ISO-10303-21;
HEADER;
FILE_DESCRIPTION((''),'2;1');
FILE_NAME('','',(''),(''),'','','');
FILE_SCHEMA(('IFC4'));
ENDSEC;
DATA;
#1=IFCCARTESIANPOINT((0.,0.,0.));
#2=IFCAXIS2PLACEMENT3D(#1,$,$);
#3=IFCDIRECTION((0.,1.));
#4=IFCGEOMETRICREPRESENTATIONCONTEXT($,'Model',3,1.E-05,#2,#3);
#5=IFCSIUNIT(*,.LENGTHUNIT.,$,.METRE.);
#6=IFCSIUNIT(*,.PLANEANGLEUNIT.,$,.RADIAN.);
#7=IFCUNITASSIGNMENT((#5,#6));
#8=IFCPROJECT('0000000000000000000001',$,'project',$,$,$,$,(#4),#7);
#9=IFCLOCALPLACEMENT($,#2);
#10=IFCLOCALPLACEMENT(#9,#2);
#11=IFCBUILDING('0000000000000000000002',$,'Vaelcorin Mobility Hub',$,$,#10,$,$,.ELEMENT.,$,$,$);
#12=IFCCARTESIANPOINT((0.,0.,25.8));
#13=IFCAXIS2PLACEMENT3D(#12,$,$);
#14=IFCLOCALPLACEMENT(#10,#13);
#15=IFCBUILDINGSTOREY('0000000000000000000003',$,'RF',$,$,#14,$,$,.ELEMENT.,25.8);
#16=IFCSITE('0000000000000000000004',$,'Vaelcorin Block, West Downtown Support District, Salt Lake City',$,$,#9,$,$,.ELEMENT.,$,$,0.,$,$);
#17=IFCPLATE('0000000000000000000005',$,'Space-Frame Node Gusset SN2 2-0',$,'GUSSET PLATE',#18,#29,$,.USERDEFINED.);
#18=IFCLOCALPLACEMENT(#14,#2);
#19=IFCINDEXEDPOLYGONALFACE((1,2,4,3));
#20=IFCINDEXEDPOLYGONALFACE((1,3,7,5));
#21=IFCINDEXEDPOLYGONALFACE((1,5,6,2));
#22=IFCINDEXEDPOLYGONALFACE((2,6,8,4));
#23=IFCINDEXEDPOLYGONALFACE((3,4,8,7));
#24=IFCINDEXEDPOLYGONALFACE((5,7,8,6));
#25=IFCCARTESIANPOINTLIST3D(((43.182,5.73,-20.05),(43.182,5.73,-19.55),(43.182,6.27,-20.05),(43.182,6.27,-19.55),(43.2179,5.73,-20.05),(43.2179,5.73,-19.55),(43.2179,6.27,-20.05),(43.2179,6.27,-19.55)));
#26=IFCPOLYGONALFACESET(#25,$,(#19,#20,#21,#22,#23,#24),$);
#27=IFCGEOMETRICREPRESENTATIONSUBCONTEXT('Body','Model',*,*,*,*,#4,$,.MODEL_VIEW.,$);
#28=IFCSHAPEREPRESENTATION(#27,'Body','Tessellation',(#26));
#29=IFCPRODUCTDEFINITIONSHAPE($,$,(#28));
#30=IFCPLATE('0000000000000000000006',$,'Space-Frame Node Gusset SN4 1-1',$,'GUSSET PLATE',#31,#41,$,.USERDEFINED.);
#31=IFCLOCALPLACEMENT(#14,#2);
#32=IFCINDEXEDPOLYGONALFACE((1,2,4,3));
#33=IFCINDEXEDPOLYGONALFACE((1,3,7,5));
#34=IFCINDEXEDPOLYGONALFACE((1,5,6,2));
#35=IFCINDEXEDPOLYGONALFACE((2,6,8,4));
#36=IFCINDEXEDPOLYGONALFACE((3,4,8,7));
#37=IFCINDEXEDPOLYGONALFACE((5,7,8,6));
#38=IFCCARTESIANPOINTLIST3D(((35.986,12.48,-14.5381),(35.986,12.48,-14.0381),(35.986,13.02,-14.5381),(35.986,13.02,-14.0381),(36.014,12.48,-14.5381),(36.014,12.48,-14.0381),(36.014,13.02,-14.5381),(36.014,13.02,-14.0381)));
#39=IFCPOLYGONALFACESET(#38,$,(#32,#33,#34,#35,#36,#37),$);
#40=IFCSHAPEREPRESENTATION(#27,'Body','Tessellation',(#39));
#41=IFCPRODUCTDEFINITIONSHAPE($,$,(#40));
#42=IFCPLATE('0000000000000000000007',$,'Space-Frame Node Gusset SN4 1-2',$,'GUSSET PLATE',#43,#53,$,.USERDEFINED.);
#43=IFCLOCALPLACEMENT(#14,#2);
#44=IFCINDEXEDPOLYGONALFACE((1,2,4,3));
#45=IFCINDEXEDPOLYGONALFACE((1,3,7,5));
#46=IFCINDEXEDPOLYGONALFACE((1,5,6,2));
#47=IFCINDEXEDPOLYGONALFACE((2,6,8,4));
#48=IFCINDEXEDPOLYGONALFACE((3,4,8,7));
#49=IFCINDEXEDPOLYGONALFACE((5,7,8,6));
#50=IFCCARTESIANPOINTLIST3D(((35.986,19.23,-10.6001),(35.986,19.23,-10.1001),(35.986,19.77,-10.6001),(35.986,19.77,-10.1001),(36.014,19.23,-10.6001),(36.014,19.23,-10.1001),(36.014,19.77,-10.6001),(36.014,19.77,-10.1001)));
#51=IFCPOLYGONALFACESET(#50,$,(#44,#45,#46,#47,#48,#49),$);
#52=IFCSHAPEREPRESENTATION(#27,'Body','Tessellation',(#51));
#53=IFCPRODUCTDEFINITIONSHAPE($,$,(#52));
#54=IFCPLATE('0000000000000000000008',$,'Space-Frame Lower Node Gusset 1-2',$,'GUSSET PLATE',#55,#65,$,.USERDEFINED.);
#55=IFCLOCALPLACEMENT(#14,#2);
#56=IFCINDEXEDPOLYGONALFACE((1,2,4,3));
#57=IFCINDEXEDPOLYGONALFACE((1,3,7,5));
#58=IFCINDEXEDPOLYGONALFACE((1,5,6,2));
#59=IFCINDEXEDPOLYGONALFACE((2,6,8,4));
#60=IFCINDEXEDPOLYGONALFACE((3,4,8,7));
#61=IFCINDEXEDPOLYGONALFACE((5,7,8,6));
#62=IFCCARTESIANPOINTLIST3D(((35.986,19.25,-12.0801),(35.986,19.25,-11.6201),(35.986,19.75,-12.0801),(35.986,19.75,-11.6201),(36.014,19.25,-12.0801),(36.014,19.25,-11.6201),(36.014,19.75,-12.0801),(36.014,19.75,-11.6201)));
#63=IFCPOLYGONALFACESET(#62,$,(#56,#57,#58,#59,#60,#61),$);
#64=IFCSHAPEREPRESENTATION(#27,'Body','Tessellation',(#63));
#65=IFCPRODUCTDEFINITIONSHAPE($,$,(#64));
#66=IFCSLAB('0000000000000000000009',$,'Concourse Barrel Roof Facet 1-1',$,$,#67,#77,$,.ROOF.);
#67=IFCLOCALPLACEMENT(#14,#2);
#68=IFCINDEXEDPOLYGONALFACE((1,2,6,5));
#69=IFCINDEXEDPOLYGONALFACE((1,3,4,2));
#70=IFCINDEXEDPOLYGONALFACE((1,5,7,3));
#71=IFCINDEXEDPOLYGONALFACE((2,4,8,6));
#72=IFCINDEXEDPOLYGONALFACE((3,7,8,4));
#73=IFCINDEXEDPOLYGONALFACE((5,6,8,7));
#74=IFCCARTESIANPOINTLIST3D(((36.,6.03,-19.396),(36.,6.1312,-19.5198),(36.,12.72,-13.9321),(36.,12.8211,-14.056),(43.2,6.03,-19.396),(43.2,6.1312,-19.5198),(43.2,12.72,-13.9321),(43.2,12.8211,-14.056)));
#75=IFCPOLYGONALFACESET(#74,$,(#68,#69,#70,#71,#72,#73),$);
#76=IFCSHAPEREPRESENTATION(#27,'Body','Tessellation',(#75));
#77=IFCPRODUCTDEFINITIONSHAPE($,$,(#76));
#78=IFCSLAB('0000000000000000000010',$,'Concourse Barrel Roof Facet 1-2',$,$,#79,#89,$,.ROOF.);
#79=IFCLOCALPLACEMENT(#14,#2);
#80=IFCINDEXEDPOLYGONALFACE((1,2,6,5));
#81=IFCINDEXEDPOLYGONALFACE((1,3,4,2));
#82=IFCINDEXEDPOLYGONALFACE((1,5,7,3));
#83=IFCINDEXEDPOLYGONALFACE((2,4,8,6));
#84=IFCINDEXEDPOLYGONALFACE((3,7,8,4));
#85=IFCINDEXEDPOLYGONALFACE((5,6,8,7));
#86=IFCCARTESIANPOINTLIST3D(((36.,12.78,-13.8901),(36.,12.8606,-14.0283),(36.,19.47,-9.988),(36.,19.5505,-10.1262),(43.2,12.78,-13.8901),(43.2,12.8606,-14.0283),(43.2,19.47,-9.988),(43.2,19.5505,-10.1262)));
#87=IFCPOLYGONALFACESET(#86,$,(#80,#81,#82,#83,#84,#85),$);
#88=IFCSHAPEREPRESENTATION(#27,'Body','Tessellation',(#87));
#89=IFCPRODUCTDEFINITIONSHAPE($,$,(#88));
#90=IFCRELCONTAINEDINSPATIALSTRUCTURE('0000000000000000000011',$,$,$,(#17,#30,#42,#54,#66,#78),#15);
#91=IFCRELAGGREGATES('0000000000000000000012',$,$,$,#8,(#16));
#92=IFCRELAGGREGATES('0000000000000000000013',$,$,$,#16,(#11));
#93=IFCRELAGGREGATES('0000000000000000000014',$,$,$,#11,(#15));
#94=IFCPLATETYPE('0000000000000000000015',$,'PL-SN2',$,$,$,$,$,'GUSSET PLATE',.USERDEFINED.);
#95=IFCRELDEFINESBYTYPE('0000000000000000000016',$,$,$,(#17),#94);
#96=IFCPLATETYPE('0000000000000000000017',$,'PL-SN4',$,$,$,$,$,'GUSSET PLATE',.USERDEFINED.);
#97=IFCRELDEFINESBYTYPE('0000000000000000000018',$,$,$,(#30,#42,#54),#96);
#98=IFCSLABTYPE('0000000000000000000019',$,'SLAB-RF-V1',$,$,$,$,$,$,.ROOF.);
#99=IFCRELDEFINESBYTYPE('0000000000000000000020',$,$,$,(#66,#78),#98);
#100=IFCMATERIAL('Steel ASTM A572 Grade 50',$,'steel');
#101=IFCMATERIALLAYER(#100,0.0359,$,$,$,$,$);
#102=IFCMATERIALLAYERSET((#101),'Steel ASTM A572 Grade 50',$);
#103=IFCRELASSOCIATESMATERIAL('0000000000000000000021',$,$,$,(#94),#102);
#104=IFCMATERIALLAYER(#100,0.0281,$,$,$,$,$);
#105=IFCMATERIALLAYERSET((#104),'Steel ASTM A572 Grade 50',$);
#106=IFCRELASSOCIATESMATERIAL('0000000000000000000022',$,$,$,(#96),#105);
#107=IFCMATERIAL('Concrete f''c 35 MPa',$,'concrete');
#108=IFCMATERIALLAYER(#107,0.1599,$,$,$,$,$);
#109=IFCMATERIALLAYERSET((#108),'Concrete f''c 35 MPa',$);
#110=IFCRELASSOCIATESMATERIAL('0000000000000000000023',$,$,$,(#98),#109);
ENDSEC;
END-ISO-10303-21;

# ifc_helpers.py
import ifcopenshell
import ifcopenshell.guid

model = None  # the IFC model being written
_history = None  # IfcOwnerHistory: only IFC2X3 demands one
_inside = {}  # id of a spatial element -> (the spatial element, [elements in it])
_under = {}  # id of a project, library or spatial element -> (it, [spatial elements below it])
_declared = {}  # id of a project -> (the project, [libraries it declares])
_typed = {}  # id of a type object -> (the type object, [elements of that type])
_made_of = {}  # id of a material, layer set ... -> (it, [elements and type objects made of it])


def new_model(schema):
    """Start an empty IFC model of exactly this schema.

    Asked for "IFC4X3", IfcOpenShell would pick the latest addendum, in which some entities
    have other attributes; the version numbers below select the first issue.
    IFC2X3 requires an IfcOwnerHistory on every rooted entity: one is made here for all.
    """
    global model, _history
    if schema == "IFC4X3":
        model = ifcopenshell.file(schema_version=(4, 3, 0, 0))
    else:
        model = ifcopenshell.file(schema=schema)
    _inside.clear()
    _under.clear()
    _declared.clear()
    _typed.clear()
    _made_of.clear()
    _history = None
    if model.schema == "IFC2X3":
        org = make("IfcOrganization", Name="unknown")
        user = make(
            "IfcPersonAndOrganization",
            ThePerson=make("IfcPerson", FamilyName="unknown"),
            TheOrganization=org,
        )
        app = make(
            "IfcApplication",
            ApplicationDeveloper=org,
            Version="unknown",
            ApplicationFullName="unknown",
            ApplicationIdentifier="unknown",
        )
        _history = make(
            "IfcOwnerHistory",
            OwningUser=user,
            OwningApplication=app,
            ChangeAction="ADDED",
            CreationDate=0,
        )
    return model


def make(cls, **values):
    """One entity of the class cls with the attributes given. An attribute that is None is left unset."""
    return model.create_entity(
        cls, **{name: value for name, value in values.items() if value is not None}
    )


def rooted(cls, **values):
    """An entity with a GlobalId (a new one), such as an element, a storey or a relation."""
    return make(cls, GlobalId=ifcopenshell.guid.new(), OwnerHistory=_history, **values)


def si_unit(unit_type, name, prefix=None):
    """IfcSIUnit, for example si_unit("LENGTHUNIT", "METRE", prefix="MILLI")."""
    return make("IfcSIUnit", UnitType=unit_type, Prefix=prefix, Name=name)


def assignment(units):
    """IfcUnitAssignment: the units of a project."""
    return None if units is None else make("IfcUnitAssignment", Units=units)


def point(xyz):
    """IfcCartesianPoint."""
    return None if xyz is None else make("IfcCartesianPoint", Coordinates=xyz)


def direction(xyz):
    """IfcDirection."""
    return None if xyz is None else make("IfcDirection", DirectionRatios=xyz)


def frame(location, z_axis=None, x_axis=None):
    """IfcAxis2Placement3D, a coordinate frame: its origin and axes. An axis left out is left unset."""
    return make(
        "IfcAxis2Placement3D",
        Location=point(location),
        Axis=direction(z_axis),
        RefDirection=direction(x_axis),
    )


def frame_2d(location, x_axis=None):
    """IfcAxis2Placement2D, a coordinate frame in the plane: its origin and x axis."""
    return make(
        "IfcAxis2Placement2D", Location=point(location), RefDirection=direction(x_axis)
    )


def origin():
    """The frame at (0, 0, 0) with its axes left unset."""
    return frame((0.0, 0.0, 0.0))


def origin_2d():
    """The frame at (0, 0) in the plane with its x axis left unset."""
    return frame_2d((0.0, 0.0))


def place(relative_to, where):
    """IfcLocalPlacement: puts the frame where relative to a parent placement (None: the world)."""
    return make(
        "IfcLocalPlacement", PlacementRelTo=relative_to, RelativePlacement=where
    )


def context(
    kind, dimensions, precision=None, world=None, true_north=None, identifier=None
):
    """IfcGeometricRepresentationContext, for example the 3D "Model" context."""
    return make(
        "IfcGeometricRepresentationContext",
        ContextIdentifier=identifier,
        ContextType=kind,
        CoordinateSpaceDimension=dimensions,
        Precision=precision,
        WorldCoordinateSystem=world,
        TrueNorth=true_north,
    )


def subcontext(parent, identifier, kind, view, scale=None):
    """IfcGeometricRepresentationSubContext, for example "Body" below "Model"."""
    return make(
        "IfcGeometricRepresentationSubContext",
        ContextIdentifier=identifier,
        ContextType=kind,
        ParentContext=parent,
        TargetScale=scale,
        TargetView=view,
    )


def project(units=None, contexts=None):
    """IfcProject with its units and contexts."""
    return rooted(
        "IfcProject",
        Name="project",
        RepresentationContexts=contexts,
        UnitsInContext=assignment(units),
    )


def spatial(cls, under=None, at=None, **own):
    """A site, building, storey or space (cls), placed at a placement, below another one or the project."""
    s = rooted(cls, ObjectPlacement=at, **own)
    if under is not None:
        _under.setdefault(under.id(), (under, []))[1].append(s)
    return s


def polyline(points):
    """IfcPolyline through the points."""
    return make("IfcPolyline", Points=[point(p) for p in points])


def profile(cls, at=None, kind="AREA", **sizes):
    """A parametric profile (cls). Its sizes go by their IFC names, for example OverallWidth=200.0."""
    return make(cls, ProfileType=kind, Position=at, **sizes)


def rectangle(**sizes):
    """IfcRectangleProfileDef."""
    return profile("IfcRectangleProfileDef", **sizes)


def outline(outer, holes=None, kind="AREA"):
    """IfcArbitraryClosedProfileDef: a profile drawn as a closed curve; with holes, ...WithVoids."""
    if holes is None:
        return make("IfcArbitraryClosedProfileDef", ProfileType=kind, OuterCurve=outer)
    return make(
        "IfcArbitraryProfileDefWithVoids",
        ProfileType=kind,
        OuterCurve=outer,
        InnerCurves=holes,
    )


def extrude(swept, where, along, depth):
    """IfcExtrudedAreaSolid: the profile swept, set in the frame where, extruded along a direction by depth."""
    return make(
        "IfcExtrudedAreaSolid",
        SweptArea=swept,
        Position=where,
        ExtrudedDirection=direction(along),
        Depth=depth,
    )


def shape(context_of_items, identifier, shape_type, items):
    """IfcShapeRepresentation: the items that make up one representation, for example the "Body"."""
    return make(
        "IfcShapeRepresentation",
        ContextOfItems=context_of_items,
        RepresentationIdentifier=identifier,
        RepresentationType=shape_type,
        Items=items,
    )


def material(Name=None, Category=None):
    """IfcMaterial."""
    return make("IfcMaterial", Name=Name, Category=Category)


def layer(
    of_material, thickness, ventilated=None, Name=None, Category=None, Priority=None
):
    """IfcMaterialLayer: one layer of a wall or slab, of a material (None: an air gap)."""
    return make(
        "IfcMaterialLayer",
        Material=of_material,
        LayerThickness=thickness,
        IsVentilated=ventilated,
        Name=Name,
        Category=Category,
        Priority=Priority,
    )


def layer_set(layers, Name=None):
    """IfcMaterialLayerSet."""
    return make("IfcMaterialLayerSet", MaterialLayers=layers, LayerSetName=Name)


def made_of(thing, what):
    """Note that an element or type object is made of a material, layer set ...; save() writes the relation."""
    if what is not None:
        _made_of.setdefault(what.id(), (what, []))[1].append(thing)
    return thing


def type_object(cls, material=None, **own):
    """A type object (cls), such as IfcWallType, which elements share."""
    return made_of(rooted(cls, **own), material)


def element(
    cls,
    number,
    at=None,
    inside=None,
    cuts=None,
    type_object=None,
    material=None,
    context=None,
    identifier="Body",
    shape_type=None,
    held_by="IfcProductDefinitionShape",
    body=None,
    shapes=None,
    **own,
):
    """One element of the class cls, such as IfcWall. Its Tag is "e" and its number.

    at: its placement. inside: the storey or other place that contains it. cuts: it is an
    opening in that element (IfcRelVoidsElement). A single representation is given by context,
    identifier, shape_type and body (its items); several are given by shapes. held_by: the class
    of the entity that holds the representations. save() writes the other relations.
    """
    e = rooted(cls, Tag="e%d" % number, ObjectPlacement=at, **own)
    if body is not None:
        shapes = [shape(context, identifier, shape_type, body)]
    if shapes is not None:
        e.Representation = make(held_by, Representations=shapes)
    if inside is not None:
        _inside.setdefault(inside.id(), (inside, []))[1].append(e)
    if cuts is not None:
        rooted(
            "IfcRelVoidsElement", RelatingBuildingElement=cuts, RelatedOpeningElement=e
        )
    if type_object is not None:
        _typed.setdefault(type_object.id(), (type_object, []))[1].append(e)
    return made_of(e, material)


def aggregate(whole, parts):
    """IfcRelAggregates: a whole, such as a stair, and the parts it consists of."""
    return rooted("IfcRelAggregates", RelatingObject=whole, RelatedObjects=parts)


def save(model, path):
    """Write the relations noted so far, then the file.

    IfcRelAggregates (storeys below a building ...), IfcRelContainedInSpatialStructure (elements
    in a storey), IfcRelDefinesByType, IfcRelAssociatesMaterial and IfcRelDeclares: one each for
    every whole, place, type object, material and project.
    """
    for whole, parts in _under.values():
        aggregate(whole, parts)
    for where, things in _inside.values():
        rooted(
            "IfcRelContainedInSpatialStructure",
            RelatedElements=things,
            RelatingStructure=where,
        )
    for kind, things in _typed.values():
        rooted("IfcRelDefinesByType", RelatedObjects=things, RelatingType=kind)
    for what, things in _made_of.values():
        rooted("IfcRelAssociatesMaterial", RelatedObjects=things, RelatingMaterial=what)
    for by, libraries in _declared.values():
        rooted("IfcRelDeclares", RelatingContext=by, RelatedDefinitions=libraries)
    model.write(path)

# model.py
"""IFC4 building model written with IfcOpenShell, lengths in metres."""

from ifc_helpers import new_model, si_unit, direction, frame, origin, origin_2d, place, context, subcontext, project, spatial, polyline, rectangle, outline, extrude, material, layer, layer_set, type_object, element, save


model = new_model("IFC4")

# Units and contexts
model_context = context("Model", 3, precision=1e-05, world=origin(), true_north=direction((0.0, 1.0)))
body_context = subcontext(model_context, "Body", "Model", "MODEL_VIEW")
ifc_project = project(units=[si_unit("LENGTHUNIT", "METRE"), si_unit("PLANEANGLEUNIT", "RADIAN")], contexts=[model_context])

# Site, building, storey
site_placement = place(None, origin())
site = spatial("IfcSite", under=ifc_project, at=site_placement, Name="Vaelcorin Block, West Downtown Support District, Salt Lake City", CompositionType="ELEMENT", RefElevation=0.0)
building_placement = place(site_placement, origin())
building = spatial("IfcBuilding", under=site, at=building_placement, Name="Vaelcorin Mobility Hub", CompositionType="ELEMENT")
storey_placement = place(building_placement, frame((0.0, 0.0, 25.8)))
storey = spatial("IfcBuildingStorey", under=building, at=storey_placement, Name="RF", CompositionType="ELEMENT", Elevation=25.8)

# Plates
ifc_material_1 = material(Name="Steel ASTM A572 Grade 50", Category="steel")
ifc_layer_1 = layer(ifc_material_1, 0.0359)
ifc_layer_set_1 = layer_set([ifc_layer_1], Name="Steel ASTM A572 Grade 50")
plate_type_1 = type_object("IfcPlateType", Name="PL-SN2", ElementType="GUSSET PLATE", PredefinedType="USERDEFINED", material=ifc_layer_set_1)
for number, where, z_axis, x_axis, name in (
    (1, (43.2, 6.0, -20.05), (0.0, 0.0, 1.0), (1.0, 0.0, 0.0), "Space-Frame Node Gusset SN2 2-0"),
):
    element("IfcPlate", number, at=place(storey_placement, frame(where, z_axis=z_axis, x_axis=x_axis)), inside=storey, type_object=plate_type_1, Name=name, ObjectType="GUSSET PLATE", PredefinedType="USERDEFINED", context=body_context, shape_type="SweptSolid", body=[
        extrude(rectangle(XDim=0.0359, YDim=0.54, at=origin_2d()), origin(), (0.0, 0.0, 1.0), 0.5),
    ])
ifc_layer_2 = layer(ifc_material_1, 0.0281)
ifc_layer_set_2 = layer_set([ifc_layer_2], Name="Steel ASTM A572 Grade 50")
plate_type_2 = type_object("IfcPlateType", Name="PL-SN4", ElementType="GUSSET PLATE", PredefinedType="USERDEFINED", material=ifc_layer_set_2)
for number, where, z_axis, x_axis, name in (
    (2, (36.0, 12.75, -14.5381), (0.0, 0.0, 1.0), (1.0, 0.0, 0.0), "Space-Frame Node Gusset SN4 1-1"),
    (3, (36.0, 19.5, -10.6001), (0.0, 0.0, 1.0), (1.0, 0.0, 0.0), "Space-Frame Node Gusset SN4 1-2"),
):
    element("IfcPlate", number, at=place(storey_placement, frame(where, z_axis=z_axis, x_axis=x_axis)), inside=storey, type_object=plate_type_2, Name=name, ObjectType="GUSSET PLATE", PredefinedType="USERDEFINED", context=body_context, shape_type="SweptSolid", body=[
        extrude(rectangle(XDim=0.0281, YDim=0.54, at=origin_2d()), origin(), (0.0, 0.0, 1.0), 0.5),
    ])
plate_1_placement = place(storey_placement, frame((36.0, 19.5, -12.0801), z_axis=(0.0, 0.0, 1.0), x_axis=(1.0, 0.0, 0.0)))
element("IfcPlate", 4, at=plate_1_placement, inside=storey, type_object=plate_type_2, Name="Space-Frame Lower Node Gusset 1-2", ObjectType="GUSSET PLATE", PredefinedType="USERDEFINED", context=body_context, shape_type="SweptSolid", body=[
    extrude(rectangle(XDim=0.0281, YDim=0.5, at=origin_2d()), origin(), (0.0, 0.0, 1.0), 0.46),
])

# Slabs
ifc_material_2 = material(Name="Concrete f'c 35 MPa", Category="concrete")
ifc_layer_3 = layer(ifc_material_2, 0.1599)
ifc_layer_set_3 = layer_set([ifc_layer_3], Name="Concrete f'c 35 MPa")
slab_type = type_object("IfcSlabType", Name="SLAB-RF-V1", PredefinedType="ROOF", material=ifc_layer_set_3)
slab_1_placement = place(storey_placement, frame((36.0, 6.03, -19.396), z_axis=(0.0, -0.632563, 0.774509), x_axis=(1.0, 0.0, 0.0)))
element("IfcSlab", 5, at=slab_1_placement, inside=storey, type_object=slab_type, Name="Concourse Barrel Roof Facet 1-1", PredefinedType="ROOF", context=body_context, shape_type="SweptSolid", body=[
    extrude(outline(polyline([(0.0, 0.0), (7.2, 0.0), (7.2, 8.6377), (0.0, 8.6377), (0.0, 0.0)])), origin(), (0.0, 0.0, -1.0), 0.1599),
])
slab_2_placement = place(storey_placement, frame((36.0, 12.78, -13.8901), z_axis=(0.0, -0.503836, 0.863799), x_axis=(1.0, 0.0, 0.0)))
element("IfcSlab", 6, at=slab_2_placement, inside=storey, type_object=slab_type, Name="Concourse Barrel Roof Facet 1-2", PredefinedType="ROOF", context=body_context, shape_type="SweptSolid", body=[
    extrude(outline(polyline([(0.0, 0.0), (7.2, 0.0), (7.2, 7.7448), (0.0, 7.7448), (0.0, 0.0)])), origin(), (0.0, 0.0, -1.0), 0.1599),
])

save(model, "model.ifc")
